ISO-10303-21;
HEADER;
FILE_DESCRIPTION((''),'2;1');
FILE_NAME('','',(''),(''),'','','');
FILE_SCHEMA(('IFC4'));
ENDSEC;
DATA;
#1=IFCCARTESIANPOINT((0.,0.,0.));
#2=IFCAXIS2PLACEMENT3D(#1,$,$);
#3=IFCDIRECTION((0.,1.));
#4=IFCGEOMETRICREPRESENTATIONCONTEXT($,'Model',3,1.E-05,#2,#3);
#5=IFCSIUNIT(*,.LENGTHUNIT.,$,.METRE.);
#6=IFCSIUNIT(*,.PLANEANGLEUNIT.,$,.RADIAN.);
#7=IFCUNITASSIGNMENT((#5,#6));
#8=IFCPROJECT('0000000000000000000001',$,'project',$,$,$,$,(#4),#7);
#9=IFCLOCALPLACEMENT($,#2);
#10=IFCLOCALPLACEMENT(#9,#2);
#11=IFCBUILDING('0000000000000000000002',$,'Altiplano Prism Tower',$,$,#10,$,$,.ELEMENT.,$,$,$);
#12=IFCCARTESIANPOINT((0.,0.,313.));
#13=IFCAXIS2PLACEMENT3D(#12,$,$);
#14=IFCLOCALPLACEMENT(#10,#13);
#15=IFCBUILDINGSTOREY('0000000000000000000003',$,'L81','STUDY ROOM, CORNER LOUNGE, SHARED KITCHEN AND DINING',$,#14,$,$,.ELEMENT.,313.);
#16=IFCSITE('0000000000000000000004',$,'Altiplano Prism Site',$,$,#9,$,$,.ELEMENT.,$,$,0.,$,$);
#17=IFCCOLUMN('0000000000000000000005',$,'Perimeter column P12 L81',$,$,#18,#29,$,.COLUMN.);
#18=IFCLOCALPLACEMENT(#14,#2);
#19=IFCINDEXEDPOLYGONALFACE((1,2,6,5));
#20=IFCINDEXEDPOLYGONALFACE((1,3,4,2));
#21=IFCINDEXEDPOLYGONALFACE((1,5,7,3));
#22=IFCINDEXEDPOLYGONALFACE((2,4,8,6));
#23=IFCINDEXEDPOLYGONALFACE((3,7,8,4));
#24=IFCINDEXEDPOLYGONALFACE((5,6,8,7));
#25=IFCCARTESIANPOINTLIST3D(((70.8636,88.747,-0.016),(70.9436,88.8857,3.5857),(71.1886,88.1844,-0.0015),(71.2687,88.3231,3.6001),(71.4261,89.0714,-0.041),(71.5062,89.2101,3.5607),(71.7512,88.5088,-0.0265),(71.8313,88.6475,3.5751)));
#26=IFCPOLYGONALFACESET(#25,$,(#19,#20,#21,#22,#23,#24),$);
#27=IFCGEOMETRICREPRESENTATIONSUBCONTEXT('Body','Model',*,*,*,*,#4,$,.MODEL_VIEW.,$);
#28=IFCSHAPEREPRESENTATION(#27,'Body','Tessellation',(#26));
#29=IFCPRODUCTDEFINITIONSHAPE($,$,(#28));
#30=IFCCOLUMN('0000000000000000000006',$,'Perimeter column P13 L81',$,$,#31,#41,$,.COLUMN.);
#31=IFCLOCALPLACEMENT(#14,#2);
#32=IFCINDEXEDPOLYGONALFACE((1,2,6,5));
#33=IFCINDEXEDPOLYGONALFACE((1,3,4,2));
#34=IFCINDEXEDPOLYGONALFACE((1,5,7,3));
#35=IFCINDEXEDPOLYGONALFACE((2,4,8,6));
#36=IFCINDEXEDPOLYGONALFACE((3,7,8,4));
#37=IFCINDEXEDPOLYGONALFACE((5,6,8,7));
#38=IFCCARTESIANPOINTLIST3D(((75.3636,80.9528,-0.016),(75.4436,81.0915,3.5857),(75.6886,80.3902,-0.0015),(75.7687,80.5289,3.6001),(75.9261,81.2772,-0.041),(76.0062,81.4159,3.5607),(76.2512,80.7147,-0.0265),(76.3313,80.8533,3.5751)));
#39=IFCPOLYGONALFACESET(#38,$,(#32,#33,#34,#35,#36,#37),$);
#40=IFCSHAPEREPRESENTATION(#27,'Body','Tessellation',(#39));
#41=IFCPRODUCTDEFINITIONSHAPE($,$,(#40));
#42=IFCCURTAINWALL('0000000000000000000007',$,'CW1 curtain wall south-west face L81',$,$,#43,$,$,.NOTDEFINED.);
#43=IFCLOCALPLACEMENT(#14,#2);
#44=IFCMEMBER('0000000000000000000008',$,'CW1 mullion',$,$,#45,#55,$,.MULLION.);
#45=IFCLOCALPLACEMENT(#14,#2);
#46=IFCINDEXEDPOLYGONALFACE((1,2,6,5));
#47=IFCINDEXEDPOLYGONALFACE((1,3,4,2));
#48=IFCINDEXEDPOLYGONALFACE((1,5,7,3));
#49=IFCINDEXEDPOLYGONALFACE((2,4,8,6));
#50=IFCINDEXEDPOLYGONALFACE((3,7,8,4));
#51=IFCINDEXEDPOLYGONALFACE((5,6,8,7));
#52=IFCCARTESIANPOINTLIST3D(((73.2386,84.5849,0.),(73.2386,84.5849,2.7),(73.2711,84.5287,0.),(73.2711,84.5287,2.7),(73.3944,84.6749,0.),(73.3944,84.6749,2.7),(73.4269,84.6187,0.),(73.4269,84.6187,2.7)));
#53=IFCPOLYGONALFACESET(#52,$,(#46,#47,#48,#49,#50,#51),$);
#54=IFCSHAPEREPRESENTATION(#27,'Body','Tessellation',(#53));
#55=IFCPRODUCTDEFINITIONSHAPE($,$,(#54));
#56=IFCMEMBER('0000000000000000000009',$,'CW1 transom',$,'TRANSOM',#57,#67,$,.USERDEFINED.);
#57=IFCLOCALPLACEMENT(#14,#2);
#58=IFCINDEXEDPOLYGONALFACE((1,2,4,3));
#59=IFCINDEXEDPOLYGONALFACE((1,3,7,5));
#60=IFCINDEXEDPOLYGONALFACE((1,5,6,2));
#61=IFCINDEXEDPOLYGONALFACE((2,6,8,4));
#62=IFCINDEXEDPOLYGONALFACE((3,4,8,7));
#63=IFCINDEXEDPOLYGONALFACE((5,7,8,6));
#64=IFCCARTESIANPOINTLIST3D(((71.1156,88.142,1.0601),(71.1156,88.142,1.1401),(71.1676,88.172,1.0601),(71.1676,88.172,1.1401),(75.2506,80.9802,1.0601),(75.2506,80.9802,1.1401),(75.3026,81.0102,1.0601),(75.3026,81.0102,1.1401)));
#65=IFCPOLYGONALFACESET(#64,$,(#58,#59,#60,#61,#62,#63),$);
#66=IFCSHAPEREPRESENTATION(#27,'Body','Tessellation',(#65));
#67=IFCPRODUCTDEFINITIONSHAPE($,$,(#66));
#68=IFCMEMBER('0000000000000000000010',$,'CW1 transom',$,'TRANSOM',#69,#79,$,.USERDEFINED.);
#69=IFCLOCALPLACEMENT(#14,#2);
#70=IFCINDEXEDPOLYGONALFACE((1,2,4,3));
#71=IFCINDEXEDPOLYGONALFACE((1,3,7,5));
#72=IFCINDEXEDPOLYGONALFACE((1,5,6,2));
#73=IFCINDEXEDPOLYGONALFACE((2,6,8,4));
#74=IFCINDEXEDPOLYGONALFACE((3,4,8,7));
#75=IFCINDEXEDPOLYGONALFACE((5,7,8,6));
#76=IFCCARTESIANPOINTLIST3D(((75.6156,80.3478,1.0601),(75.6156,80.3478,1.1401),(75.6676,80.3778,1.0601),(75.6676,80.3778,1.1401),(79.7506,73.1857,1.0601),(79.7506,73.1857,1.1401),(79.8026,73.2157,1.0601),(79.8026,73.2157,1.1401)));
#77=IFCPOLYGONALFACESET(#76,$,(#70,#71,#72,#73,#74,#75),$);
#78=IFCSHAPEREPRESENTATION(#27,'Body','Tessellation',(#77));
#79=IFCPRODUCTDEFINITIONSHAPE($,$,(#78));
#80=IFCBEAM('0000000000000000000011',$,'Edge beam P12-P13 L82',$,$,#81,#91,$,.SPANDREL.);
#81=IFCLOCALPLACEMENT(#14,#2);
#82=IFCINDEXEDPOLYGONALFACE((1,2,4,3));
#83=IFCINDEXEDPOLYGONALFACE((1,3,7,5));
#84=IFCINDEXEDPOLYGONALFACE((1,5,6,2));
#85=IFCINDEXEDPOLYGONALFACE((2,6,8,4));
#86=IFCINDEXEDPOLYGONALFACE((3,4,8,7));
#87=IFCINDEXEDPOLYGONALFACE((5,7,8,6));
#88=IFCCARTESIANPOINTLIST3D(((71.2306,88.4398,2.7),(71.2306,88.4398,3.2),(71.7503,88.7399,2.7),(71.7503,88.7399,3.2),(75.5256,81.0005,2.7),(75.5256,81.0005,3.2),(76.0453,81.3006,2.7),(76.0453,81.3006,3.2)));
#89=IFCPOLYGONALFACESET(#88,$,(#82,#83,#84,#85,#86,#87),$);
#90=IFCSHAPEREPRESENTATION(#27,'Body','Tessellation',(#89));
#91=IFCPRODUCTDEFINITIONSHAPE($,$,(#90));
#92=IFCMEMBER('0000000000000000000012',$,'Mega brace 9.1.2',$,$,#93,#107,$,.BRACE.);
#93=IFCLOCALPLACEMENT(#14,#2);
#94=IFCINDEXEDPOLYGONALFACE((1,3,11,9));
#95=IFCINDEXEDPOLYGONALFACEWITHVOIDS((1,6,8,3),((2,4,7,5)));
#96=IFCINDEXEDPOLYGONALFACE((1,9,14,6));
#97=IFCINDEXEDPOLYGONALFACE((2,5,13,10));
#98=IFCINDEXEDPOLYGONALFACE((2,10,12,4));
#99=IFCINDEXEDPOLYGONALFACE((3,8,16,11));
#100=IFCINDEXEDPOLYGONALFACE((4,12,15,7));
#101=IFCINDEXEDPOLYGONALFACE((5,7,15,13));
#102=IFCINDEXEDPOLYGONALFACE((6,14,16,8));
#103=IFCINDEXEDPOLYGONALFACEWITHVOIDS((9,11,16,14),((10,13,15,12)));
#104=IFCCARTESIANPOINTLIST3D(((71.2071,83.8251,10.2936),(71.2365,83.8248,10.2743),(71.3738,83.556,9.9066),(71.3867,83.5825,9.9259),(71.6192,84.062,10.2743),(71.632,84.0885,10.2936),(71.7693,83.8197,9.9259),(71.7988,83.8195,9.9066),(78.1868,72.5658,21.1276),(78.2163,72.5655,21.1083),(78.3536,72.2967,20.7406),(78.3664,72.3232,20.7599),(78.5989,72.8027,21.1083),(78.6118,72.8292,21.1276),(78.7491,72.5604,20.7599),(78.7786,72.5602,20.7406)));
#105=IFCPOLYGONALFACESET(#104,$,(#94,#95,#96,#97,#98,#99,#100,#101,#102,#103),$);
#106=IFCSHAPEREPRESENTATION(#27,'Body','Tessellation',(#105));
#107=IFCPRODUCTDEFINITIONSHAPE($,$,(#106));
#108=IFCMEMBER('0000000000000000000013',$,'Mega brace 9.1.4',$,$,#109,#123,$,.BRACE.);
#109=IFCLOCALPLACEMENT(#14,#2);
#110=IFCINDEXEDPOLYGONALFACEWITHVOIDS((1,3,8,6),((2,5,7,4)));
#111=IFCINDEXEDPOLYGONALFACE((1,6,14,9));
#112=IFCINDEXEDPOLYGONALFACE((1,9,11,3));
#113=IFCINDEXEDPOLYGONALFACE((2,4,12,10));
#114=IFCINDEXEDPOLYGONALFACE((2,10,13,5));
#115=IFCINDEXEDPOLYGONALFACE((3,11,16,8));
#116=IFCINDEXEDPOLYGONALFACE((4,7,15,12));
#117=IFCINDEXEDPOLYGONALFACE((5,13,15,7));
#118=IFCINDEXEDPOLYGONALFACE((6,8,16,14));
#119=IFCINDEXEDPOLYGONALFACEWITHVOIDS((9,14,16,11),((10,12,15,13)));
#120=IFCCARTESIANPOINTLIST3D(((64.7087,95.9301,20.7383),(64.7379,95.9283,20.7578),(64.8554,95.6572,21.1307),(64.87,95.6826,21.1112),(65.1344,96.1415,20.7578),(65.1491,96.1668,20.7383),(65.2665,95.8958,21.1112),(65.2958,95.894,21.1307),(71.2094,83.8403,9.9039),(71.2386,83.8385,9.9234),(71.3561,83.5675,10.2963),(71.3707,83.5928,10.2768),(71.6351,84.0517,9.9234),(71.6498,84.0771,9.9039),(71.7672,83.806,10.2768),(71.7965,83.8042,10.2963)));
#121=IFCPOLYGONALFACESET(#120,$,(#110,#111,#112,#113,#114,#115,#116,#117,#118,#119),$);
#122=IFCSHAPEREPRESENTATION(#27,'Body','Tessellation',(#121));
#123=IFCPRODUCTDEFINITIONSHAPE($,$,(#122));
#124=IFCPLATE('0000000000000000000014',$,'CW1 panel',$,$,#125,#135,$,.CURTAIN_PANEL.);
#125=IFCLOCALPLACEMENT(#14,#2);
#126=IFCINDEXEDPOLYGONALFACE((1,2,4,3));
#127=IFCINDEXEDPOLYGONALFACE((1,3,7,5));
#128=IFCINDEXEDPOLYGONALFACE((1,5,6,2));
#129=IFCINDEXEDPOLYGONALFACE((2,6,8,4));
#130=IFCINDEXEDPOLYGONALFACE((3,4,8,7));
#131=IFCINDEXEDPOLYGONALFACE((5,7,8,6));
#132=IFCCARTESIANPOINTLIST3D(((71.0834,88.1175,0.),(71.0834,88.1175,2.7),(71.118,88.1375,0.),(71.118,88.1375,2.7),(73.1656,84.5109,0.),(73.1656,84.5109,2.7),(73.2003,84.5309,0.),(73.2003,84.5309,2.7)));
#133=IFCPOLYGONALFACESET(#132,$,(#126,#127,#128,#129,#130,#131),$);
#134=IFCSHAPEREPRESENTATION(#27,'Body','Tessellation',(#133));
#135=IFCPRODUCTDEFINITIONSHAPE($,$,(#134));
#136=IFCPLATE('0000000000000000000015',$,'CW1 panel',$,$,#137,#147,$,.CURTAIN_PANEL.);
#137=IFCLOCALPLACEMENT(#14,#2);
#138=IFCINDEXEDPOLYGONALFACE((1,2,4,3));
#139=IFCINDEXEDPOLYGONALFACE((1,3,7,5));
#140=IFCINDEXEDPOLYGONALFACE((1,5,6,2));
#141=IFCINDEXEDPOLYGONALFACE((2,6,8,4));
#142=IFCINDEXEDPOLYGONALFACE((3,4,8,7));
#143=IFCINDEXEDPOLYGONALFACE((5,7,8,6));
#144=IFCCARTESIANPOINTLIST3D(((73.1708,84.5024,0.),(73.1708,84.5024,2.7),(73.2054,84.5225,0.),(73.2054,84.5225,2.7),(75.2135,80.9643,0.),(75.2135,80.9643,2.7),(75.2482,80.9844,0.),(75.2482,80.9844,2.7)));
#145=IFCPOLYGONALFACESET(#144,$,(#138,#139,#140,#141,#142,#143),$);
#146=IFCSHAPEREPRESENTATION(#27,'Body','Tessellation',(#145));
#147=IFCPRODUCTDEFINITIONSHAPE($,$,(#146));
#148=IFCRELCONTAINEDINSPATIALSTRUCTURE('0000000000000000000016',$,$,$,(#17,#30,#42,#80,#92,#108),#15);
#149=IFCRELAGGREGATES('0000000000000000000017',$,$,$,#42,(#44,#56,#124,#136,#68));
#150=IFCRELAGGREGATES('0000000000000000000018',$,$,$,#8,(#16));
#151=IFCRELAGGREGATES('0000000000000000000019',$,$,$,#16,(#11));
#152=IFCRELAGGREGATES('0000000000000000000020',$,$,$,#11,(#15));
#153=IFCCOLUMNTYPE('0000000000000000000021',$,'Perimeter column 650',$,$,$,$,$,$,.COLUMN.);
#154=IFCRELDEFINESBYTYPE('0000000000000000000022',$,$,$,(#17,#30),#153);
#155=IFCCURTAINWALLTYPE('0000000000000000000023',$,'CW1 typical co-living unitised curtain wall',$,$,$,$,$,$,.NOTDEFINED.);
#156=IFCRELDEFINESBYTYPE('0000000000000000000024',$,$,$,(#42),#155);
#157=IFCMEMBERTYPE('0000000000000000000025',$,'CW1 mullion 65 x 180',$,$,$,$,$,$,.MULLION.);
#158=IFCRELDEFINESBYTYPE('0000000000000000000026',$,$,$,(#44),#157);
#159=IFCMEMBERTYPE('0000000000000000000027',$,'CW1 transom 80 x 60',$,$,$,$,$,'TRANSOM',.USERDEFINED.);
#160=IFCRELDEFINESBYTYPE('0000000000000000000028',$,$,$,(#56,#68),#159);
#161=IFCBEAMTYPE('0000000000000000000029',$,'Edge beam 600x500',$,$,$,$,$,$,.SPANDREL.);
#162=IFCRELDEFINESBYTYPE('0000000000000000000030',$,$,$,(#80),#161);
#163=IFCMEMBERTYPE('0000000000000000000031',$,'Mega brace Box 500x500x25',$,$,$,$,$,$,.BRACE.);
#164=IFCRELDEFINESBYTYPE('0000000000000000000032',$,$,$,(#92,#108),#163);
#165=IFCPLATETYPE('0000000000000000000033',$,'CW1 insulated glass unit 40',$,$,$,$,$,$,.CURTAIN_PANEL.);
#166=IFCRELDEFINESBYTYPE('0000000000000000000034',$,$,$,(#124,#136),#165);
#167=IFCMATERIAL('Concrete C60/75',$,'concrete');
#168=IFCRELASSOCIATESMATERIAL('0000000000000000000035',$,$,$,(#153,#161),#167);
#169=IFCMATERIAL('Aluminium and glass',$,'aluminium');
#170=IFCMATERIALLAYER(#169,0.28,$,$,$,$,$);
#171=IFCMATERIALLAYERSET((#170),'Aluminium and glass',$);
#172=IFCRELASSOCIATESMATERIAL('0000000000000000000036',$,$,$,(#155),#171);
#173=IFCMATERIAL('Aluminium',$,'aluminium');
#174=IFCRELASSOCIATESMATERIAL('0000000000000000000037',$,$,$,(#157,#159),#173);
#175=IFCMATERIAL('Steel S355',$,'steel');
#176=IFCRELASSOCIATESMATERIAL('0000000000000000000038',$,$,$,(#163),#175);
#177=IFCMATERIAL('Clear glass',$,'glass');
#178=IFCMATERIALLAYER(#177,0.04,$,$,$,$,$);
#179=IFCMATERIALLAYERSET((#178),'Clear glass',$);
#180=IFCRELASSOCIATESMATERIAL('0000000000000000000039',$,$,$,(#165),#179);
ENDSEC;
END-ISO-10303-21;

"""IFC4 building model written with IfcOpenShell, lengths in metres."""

from ifc_helpers import new_model, si_unit, direction, frame, origin, origin_2d, place, context, subcontext, project, spatial, rectangle, hollow_rectangle, extrude, material, layer, layer_set, material_profile, profile_set, type_object, element, aggregate, save


model = new_model("IFC4")

# Units and contexts
model_context = context("Model", 3, precision=1e-05, world=origin(), true_north=direction((0.0, 1.0)))
body_context = subcontext(model_context, "Body", "Model", "MODEL_VIEW")
ifc_project = project(units=[si_unit("LENGTHUNIT", "METRE"), si_unit("PLANEANGLEUNIT", "RADIAN")], contexts=[model_context])

# Site, building, storey
site_placement = place(None, origin())
site = spatial("IfcSite", under=ifc_project, at=site_placement, Name="Altiplano Prism Site", CompositionType="ELEMENT", RefElevation=0.0)
building_placement = place(site_placement, origin())
building = spatial("IfcBuilding", under=site, at=building_placement, Name="Altiplano Prism Tower", CompositionType="ELEMENT")
storey_placement = place(building_placement, frame((0.0, 0.0, 313.0)))
storey = spatial("IfcBuildingStorey", under=building, at=storey_placement, Name="L81", Description="STUDY ROOM, CORNER LOUNGE, SHARED KITCHEN AND DINING", CompositionType="ELEMENT", Elevation=313.0)

# Columns
ifc_material_1 = material(Name="Concrete C60/75", Category="concrete")
ifc_material_profile_1 = material_profile(ifc_material_1, rectangle(XDim=0.6499, YDim=0.6499, at=origin_2d()), Name="Perimeter column 650")
ifc_profile_set_1 = profile_set([ifc_material_profile_1], Name="Concrete C60/75")
column_type = type_object("IfcColumnType", Name="Perimeter column 650", PredefinedType="COLUMN", material=ifc_profile_set_1)
for number, where, z_axis, x_axis, name in (
    (1, (71.3074, 88.6279, -0.0212), (0.022212, 0.038465, 0.999013), (-0.865642, -0.499183, 0.038467), "Perimeter column P12 L81"),
    (2, (75.8074, 80.8337, -0.0212), (0.022212, 0.038465, 0.999013), (-0.865642, -0.499183, 0.038467), "Perimeter column P13 L81"),
):
    element("IfcColumn", number, at=place(storey_placement, frame(where, z_axis=z_axis, x_axis=x_axis)), inside=storey, type_object=column_type, Name=name, PredefinedType="COLUMN", context=body_context, shape_type="SweptSolid", body=[
        extrude(rectangle(XDim=0.6499, YDim=0.6499, at=origin_2d()), origin(), (0.0, 0.0, 1.0), 3.6052),
    ])

# Curtain wall, members
ifc_material_2 = material(Name="Aluminium and glass", Category="aluminium")
ifc_layer_1 = layer(ifc_material_2, 0.28)
ifc_layer_set_1 = layer_set([ifc_layer_1], Name="Aluminium and glass")
curtain_wall_type = type_object("IfcCurtainWallType", Name="CW1 typical co-living unitised curtain wall", PredefinedType="NOTDEFINED", material=ifc_layer_set_1)
curtain_wall_placement = place(storey_placement, origin())
curtain_wall = element("IfcCurtainWall", 3, at=curtain_wall_placement, inside=storey, type_object=curtain_wall_type, Name="CW1 curtain wall south-west face L81", PredefinedType="NOTDEFINED")
ifc_material_3 = material(Name="Aluminium", Category="aluminium")
ifc_material_profile_2 = material_profile(ifc_material_3, rectangle(XDim=0.1799, YDim=0.0649, at=origin_2d()), Name="CW1 mullion 65 x 180")
ifc_profile_set_2 = profile_set([ifc_material_profile_2], Name="Aluminium")
member_type_1 = type_object("IfcMemberType", Name="CW1 mullion 65 x 180", PredefinedType="MULLION", material=ifc_profile_set_2)
member_1_placement = place(storey_placement, frame((73.3328, 84.6018, 0.0), z_axis=(0.0, 0.0, 1.0), x_axis=(0.866025, 0.5, 0.0)))
member_1 = element("IfcMember", 4, at=member_1_placement, type_object=member_type_1, Name="CW1 mullion", PredefinedType="MULLION", context=body_context, shape_type="SweptSolid", body=[
    extrude(rectangle(XDim=0.1799, YDim=0.0649, at=origin_2d()), origin(), (0.0, 0.0, 1.0), 2.7),
])
ifc_material_profile_3 = material_profile(ifc_material_3, rectangle(XDim=0.0601, YDim=0.0801, at=origin_2d()), Name="CW1 transom 80 x 60")
ifc_profile_set_3 = profile_set([ifc_material_profile_3], Name="Aluminium")
member_type_2 = type_object("IfcMemberType", Name="CW1 transom 80 x 60", ElementType="TRANSOM", PredefinedType="USERDEFINED", material=ifc_profile_set_3)
member_2_placement = place(storey_placement, frame((71.1416, 88.157, 1.1001), z_axis=(0.50001, -0.86602, 0.0), x_axis=(0.86602, 0.50001, 0.0)))
member_2 = element("IfcMember", 5, at=member_2_placement, type_object=member_type_2, Name="CW1 transom", ObjectType="TRANSOM", PredefinedType="USERDEFINED", context=body_context, shape_type="SweptSolid", body=[
    extrude(rectangle(XDim=0.0601, YDim=0.0801, at=origin_2d()), origin(), (0.0, 0.0, 1.0), 8.2698),
])
member_3_placement = place(storey_placement, frame((75.6416, 80.3628, 1.1001), z_axis=(0.499997, -0.866027, 0.0), x_axis=(0.866027, 0.499997, 0.0)))
member_3 = element("IfcMember", 6, at=member_3_placement, type_object=member_type_2, Name="CW1 transom", ObjectType="TRANSOM", PredefinedType="USERDEFINED", context=body_context, shape_type="SweptSolid", body=[
    extrude(rectangle(XDim=0.0601, YDim=0.0801, at=origin_2d()), origin(), (0.0, 0.0, 1.0), 8.27),
])

# Beam
ifc_material_profile_4 = material_profile(ifc_material_1, rectangle(XDim=0.6001, YDim=0.5, at=origin_2d()), Name="Edge beam 600x500")
ifc_profile_set_4 = profile_set([ifc_material_profile_4], Name="Concrete C60/75")
beam_type = type_object("IfcBeamType", Name="Edge beam 600x500", PredefinedType="SPANDREL", material=ifc_profile_set_4)
beam_placement = place(storey_placement, frame((71.4905, 88.5898, 2.95), z_axis=(0.499991, -0.866031, 0.0), x_axis=(0.866031, 0.499991, 0.0)))
element("IfcBeam", 7, at=beam_placement, inside=storey, type_object=beam_type, Name="Edge beam P12-P13 L82", PredefinedType="SPANDREL", context=body_context, shape_type="SweptSolid", body=[
    extrude(rectangle(XDim=0.6001, YDim=0.5, at=origin_2d()), origin(), (0.0, 0.0, 1.0), 8.5901),
])

# Members
ifc_material_4 = material(Name="Steel S355", Category="steel")
ifc_material_profile_5 = material_profile(ifc_material_4, hollow_rectangle(XDim=0.5, YDim=0.5, WallThickness=0.0249, at=origin_2d()), Name="Mega brace Box 500x500x25")
ifc_profile_set_5 = profile_set([ifc_material_profile_5], Name="Steel S355")
member_type_3 = type_object("IfcMemberType", Name="Mega brace Box 500x500x25", PredefinedType="BRACE", material=ifc_profile_set_5)
member_4_placement = place(storey_placement, frame((71.5029, 83.8223, 10.1001), z_axis=(0.407856, -0.657928, 0.633076), x_axis=(0.849937, 0.526884, 0.0)))
element("IfcMember", 8, at=member_4_placement, inside=storey, type_object=member_type_3, Name="Mega brace 9.1.2", PredefinedType="BRACE", context=body_context, shape_type="SweptSolid", body=[
    extrude(hollow_rectangle(XDim=0.5, YDim=0.5, WallThickness=0.0249, at=origin_2d()), origin(), (0.0, 0.0, 1.0), 17.1133),
])
member_5_placement = place(storey_placement, frame((71.5029, 83.8223, 10.1001), z_axis=(-0.371738, 0.691345, 0.619558), x_axis=(-0.88075, -0.473581, 0.0)))
element("IfcMember", 9, at=member_5_placement, inside=storey, type_object=member_type_3, Name="Mega brace 9.1.4", PredefinedType="BRACE", context=body_context, shape_type="SweptSolid", body=[
    extrude(hollow_rectangle(XDim=0.5, YDim=0.5, WallThickness=0.0249, at=origin_2d()), origin(), (0.0, 0.0, 1.0), 17.4873),
])

# Plates
ifc_material_5 = material(Name="Clear glass", Category="glass")
ifc_layer_2 = layer(ifc_material_5, 0.04)
ifc_layer_set_2 = layer_set([ifc_layer_2], Name="Clear glass")
plate_type = type_object("IfcPlateType", Name="CW1 insulated glass unit 40", PredefinedType="CURTAIN_PANEL", material=ifc_layer_set_2)
plate_1_placement = place(storey_placement, frame((72.1418, 86.3242, 0.0), z_axis=(0.0, 0.0, 1.0), x_axis=(0.5, -0.866025, 0.0)))
plate_1 = element("IfcPlate", 10, at=plate_1_placement, type_object=plate_type, Name="CW1 panel", PredefinedType="CURTAIN_PANEL", context=body_context, shape_type="SweptSolid", body=[
    extrude(rectangle(XDim=4.1646, YDim=0.04, at=origin_2d()), origin(), (0.0, 0.0, 1.0), 2.7),
])
plate_2_placement = place(storey_placement, frame((74.2095, 82.7434, 0.0), z_axis=(0.0, 0.0, 1.0), x_axis=(0.5, -0.866025, 0.0)))
plate_2 = element("IfcPlate", 11, at=plate_2_placement, type_object=plate_type, Name="CW1 panel", PredefinedType="CURTAIN_PANEL", context=body_context, shape_type="SweptSolid", body=[
    extrude(rectangle(XDim=4.0854, YDim=0.04, at=origin_2d()), origin(), (0.0, 0.0, 1.0), 2.7),
])
aggregate(curtain_wall, [member_1, member_2, plate_1, plate_2, member_3])

save(model, "model.ifc")
